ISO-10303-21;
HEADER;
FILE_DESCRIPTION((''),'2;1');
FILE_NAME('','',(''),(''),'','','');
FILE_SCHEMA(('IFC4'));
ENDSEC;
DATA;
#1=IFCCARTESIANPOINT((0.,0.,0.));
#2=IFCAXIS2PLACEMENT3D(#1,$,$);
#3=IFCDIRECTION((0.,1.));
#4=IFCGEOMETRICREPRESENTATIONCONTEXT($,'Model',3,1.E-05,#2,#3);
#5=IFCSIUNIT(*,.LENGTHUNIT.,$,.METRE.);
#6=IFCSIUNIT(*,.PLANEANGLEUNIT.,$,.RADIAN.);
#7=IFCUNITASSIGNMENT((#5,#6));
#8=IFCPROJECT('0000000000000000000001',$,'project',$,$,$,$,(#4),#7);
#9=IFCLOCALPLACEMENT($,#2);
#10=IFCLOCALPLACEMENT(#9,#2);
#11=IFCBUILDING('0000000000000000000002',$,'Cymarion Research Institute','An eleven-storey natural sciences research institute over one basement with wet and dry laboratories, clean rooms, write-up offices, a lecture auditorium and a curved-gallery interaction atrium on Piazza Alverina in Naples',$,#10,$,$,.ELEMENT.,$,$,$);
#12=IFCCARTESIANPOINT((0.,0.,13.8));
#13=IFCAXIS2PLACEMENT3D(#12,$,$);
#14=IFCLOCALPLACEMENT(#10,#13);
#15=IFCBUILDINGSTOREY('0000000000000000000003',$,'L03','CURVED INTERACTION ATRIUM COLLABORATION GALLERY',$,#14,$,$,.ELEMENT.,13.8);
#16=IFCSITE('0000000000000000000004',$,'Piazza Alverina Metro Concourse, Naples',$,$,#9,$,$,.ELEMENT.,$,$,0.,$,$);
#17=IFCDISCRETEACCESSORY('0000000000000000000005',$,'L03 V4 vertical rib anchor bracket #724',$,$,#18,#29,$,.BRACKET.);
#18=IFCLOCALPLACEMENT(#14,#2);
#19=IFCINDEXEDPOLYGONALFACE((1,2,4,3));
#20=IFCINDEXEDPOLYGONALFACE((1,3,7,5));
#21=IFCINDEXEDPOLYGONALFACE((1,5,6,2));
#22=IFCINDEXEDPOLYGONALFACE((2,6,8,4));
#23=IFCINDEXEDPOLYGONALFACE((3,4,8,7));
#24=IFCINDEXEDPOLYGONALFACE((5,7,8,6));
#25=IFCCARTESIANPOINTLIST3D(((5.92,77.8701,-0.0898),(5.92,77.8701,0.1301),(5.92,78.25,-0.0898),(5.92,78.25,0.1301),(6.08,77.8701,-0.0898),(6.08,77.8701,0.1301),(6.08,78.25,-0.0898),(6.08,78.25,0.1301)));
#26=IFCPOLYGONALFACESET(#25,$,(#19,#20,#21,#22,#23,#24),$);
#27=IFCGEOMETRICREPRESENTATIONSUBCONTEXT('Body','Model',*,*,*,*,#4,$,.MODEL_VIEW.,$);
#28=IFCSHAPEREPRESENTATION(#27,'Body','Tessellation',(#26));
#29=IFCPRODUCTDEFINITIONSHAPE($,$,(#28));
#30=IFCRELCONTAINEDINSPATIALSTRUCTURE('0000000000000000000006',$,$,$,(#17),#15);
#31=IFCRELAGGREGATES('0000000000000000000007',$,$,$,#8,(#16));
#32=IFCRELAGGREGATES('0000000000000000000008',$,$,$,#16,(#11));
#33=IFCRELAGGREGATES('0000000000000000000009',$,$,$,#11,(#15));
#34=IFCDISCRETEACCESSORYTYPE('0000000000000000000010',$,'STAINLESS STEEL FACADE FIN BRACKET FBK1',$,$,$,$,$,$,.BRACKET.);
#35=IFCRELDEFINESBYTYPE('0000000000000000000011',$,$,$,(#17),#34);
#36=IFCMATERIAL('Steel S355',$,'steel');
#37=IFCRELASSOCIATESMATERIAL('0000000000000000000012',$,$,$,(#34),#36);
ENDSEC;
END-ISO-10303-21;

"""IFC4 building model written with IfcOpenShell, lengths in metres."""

from ifc_helpers import new_model, si_unit, direction, frame, origin, origin_2d, place, context, subcontext, project, spatial, rectangle, extrude, material, type_object, element, save


model = new_model("IFC4")

# Units and contexts
model_context = context("Model", 3, precision=1e-05, world=origin(), true_north=direction((0.0, 1.0)))
body_context = subcontext(model_context, "Body", "Model", "MODEL_VIEW")
ifc_project = project(units=[si_unit("LENGTHUNIT", "METRE"), si_unit("PLANEANGLEUNIT", "RADIAN")], contexts=[model_context])

# Site, building, storey
site_placement = place(None, origin())
site = spatial("IfcSite", under=ifc_project, at=site_placement, Name="Piazza Alverina Metro Concourse, Naples", CompositionType="ELEMENT", RefElevation=0.0)
building_placement = place(site_placement, origin())
building = spatial("IfcBuilding", under=site, at=building_placement, Name="Cymarion Research Institute", Description="An eleven-storey natural sciences research institute over one basement with wet and dry laboratories, clean rooms, write-up offices, a lecture auditorium and a curved-gallery interaction atrium on Piazza Alverina in Naples", CompositionType="ELEMENT")
storey_placement = place(building_placement, frame((0.0, 0.0, 13.8)))
storey = spatial("IfcBuildingStorey", under=building, at=storey_placement, Name="L03", Description="CURVED INTERACTION ATRIUM COLLABORATION GALLERY", CompositionType="ELEMENT", Elevation=13.8)

# Shared definitions
ifc_material_1 = material(Name="Steel S355", Category="steel")

# Discrete accessory
discrete_accessory_type = type_object("IfcDiscreteAccessoryType", Name="STAINLESS STEEL FACADE FIN BRACKET FBK1", PredefinedType="BRACKET", material=ifc_material_1)
for number, where, z_axis, x_axis, name in (
    (1, (6.0, 78.0601, -0.0898), (0.0, 0.0, 1.0), (0.0, 1.0, 0.0), "L03 V4 vertical rib anchor bracket #724"),
):
    element("IfcDiscreteAccessory", number, at=place(storey_placement, frame(where, z_axis=z_axis, x_axis=x_axis)), inside=storey, type_object=discrete_accessory_type, Name=name, PredefinedType="BRACKET", context=body_context, shape_type="SweptSolid", body=[
        extrude(rectangle(XDim=0.3799, YDim=0.1599, at=origin_2d()), origin(), (0.0, 0.0, 1.0), 0.22),
    ])

save(model, "model.ifc")
